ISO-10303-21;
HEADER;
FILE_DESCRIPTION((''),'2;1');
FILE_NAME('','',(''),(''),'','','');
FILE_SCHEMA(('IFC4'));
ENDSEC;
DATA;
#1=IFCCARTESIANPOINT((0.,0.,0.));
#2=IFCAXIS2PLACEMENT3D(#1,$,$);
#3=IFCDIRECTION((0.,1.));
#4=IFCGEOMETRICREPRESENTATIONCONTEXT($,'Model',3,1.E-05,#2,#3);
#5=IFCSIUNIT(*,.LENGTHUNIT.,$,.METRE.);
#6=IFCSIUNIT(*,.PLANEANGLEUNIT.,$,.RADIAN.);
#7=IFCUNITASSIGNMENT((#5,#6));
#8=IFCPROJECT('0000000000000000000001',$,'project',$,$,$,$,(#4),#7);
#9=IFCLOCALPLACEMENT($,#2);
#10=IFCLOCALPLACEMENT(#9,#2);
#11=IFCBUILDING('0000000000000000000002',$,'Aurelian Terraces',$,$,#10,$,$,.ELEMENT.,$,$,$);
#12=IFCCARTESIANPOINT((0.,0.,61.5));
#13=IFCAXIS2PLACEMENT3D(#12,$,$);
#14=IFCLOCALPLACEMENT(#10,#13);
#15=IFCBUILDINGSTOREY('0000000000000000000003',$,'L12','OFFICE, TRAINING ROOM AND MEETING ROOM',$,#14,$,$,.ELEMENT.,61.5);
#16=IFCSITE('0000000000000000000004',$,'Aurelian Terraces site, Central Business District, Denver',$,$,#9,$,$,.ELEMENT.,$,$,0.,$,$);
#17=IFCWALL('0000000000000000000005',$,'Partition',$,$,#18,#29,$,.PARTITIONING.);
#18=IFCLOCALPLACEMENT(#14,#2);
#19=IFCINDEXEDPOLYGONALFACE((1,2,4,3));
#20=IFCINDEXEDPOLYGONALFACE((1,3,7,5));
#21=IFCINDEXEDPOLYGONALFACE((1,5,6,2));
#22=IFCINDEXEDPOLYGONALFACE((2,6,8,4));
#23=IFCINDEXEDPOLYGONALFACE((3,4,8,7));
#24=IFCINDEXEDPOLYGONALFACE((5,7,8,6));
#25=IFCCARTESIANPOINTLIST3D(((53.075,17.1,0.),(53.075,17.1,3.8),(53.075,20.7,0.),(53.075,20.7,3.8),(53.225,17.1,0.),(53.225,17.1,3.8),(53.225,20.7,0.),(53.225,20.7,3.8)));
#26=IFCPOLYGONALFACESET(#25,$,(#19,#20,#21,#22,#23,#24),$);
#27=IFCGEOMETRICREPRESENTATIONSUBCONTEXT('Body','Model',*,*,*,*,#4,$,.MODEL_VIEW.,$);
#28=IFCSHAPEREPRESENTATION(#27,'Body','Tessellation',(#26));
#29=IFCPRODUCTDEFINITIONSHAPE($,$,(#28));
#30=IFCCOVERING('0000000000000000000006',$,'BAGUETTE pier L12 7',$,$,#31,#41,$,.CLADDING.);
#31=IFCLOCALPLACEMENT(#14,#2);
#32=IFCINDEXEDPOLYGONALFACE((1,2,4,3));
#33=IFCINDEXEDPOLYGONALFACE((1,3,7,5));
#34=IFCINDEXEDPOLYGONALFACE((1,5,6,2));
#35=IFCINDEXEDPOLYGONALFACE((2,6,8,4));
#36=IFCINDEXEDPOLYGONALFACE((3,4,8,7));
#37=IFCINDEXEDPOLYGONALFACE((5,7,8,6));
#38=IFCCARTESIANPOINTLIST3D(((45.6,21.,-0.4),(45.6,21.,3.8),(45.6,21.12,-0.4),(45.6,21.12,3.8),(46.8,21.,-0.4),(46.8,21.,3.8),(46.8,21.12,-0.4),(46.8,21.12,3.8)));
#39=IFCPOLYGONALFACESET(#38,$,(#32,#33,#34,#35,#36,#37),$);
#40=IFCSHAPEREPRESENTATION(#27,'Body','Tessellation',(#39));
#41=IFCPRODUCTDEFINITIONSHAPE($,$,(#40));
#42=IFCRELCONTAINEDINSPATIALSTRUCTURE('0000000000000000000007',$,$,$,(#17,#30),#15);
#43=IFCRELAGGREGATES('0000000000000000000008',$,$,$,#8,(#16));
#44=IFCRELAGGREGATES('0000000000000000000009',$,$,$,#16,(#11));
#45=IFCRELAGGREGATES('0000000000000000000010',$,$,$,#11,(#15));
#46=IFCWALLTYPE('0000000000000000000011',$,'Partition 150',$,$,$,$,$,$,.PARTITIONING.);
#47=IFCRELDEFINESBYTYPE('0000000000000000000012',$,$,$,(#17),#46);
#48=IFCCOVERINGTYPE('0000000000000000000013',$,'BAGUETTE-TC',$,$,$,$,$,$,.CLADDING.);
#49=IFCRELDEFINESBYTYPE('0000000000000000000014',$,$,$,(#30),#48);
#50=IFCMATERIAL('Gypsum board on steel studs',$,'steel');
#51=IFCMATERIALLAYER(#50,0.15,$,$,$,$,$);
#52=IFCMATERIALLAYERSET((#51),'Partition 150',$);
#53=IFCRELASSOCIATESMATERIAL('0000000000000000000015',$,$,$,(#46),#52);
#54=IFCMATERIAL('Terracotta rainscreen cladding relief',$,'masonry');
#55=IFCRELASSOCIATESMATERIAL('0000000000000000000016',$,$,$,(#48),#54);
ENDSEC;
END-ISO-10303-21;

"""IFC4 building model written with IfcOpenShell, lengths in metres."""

from ifc_helpers import new_model, si_unit, direction, frame, frame_2d, origin, origin_2d, place, context, subcontext, project, spatial, rectangle, extrude, source, transform, mapped, material, layer, layer_set, type_object, element, save


model = new_model("IFC4")

# Units and contexts
model_context = context("Model", 3, precision=1e-05, world=origin(), true_north=direction((0.0, 1.0)))
body_context = subcontext(model_context, "Body", "Model", "MODEL_VIEW")
ifc_project = project(units=[si_unit("LENGTHUNIT", "METRE"), si_unit("PLANEANGLEUNIT", "RADIAN")], contexts=[model_context])

# Site, building, storey
site_placement = place(None, origin())
site = spatial("IfcSite", under=ifc_project, at=site_placement, Name="Aurelian Terraces site, Central Business District, Denver", CompositionType="ELEMENT", RefElevation=0.0)
building_placement = place(site_placement, origin())
building = spatial("IfcBuilding", under=site, at=building_placement, Name="Aurelian Terraces", CompositionType="ELEMENT")
storey_placement = place(building_placement, frame((0.0, 0.0, 61.5)))
storey = spatial("IfcBuildingStorey", under=building, at=storey_placement, Name="L12", Description="OFFICE, TRAINING ROOM AND MEETING ROOM", CompositionType="ELEMENT", Elevation=61.5)

# Wall
ifc_material_1 = material(Name="Gypsum board on steel studs", Category="steel")
ifc_layer_1 = layer(ifc_material_1, 0.15)
ifc_layer_set_1 = layer_set([ifc_layer_1], Name="Partition 150")
wall_type_1 = type_object("IfcWallType", Name="Partition 150", PredefinedType="PARTITIONING", material=ifc_layer_set_1)
shared_shape_1 = source(origin(), body_context, "Body", "SweptSolid", [
    extrude(rectangle(XDim=3.6, YDim=0.15, at=frame_2d((1.8, 0.0))), origin(), (0.0, 0.0, 1.0), 3.8),
])
wall_1_placement = place(storey_placement, frame((53.15, 20.7, 0.0), z_axis=(0.0, 0.0, 1.0), x_axis=(0.0, -1.0, 0.0)))
element("IfcWall", 1, at=wall_1_placement, inside=storey, type_object=wall_type_1, Name="Partition", PredefinedType="PARTITIONING", context=body_context, shape_type="MappedRepresentation", body=[
    mapped(shared_shape_1, transform((0.0, 0.0, 0.0), scale=1.0)),
])

# Covering
ifc_material_2 = material(Name="Terracotta rainscreen cladding relief", Category="masonry")
covering_type = type_object("IfcCoveringType", Name="BAGUETTE-TC", PredefinedType="CLADDING", material=ifc_material_2)
shared_shape_2 = source(origin(), body_context, "Body", "SweptSolid", [
    extrude(rectangle(XDim=1.2, YDim=0.12, at=origin_2d()), origin(), (0.0, 0.0, 1.0), 4.2),
])
covering_placement = place(storey_placement, frame((46.2, 21.06, -0.4), z_axis=(0.0, 0.0, 1.0), x_axis=(1.0, 0.0, 0.0)))
element("IfcCovering", 2, at=covering_placement, inside=storey, type_object=covering_type, Name="BAGUETTE pier L12 7", PredefinedType="CLADDING", context=body_context, shape_type="MappedRepresentation", body=[
    mapped(shared_shape_2, transform((0.0, 0.0, 0.0), scale=1.0)),
])

save(model, "model.ifc")
